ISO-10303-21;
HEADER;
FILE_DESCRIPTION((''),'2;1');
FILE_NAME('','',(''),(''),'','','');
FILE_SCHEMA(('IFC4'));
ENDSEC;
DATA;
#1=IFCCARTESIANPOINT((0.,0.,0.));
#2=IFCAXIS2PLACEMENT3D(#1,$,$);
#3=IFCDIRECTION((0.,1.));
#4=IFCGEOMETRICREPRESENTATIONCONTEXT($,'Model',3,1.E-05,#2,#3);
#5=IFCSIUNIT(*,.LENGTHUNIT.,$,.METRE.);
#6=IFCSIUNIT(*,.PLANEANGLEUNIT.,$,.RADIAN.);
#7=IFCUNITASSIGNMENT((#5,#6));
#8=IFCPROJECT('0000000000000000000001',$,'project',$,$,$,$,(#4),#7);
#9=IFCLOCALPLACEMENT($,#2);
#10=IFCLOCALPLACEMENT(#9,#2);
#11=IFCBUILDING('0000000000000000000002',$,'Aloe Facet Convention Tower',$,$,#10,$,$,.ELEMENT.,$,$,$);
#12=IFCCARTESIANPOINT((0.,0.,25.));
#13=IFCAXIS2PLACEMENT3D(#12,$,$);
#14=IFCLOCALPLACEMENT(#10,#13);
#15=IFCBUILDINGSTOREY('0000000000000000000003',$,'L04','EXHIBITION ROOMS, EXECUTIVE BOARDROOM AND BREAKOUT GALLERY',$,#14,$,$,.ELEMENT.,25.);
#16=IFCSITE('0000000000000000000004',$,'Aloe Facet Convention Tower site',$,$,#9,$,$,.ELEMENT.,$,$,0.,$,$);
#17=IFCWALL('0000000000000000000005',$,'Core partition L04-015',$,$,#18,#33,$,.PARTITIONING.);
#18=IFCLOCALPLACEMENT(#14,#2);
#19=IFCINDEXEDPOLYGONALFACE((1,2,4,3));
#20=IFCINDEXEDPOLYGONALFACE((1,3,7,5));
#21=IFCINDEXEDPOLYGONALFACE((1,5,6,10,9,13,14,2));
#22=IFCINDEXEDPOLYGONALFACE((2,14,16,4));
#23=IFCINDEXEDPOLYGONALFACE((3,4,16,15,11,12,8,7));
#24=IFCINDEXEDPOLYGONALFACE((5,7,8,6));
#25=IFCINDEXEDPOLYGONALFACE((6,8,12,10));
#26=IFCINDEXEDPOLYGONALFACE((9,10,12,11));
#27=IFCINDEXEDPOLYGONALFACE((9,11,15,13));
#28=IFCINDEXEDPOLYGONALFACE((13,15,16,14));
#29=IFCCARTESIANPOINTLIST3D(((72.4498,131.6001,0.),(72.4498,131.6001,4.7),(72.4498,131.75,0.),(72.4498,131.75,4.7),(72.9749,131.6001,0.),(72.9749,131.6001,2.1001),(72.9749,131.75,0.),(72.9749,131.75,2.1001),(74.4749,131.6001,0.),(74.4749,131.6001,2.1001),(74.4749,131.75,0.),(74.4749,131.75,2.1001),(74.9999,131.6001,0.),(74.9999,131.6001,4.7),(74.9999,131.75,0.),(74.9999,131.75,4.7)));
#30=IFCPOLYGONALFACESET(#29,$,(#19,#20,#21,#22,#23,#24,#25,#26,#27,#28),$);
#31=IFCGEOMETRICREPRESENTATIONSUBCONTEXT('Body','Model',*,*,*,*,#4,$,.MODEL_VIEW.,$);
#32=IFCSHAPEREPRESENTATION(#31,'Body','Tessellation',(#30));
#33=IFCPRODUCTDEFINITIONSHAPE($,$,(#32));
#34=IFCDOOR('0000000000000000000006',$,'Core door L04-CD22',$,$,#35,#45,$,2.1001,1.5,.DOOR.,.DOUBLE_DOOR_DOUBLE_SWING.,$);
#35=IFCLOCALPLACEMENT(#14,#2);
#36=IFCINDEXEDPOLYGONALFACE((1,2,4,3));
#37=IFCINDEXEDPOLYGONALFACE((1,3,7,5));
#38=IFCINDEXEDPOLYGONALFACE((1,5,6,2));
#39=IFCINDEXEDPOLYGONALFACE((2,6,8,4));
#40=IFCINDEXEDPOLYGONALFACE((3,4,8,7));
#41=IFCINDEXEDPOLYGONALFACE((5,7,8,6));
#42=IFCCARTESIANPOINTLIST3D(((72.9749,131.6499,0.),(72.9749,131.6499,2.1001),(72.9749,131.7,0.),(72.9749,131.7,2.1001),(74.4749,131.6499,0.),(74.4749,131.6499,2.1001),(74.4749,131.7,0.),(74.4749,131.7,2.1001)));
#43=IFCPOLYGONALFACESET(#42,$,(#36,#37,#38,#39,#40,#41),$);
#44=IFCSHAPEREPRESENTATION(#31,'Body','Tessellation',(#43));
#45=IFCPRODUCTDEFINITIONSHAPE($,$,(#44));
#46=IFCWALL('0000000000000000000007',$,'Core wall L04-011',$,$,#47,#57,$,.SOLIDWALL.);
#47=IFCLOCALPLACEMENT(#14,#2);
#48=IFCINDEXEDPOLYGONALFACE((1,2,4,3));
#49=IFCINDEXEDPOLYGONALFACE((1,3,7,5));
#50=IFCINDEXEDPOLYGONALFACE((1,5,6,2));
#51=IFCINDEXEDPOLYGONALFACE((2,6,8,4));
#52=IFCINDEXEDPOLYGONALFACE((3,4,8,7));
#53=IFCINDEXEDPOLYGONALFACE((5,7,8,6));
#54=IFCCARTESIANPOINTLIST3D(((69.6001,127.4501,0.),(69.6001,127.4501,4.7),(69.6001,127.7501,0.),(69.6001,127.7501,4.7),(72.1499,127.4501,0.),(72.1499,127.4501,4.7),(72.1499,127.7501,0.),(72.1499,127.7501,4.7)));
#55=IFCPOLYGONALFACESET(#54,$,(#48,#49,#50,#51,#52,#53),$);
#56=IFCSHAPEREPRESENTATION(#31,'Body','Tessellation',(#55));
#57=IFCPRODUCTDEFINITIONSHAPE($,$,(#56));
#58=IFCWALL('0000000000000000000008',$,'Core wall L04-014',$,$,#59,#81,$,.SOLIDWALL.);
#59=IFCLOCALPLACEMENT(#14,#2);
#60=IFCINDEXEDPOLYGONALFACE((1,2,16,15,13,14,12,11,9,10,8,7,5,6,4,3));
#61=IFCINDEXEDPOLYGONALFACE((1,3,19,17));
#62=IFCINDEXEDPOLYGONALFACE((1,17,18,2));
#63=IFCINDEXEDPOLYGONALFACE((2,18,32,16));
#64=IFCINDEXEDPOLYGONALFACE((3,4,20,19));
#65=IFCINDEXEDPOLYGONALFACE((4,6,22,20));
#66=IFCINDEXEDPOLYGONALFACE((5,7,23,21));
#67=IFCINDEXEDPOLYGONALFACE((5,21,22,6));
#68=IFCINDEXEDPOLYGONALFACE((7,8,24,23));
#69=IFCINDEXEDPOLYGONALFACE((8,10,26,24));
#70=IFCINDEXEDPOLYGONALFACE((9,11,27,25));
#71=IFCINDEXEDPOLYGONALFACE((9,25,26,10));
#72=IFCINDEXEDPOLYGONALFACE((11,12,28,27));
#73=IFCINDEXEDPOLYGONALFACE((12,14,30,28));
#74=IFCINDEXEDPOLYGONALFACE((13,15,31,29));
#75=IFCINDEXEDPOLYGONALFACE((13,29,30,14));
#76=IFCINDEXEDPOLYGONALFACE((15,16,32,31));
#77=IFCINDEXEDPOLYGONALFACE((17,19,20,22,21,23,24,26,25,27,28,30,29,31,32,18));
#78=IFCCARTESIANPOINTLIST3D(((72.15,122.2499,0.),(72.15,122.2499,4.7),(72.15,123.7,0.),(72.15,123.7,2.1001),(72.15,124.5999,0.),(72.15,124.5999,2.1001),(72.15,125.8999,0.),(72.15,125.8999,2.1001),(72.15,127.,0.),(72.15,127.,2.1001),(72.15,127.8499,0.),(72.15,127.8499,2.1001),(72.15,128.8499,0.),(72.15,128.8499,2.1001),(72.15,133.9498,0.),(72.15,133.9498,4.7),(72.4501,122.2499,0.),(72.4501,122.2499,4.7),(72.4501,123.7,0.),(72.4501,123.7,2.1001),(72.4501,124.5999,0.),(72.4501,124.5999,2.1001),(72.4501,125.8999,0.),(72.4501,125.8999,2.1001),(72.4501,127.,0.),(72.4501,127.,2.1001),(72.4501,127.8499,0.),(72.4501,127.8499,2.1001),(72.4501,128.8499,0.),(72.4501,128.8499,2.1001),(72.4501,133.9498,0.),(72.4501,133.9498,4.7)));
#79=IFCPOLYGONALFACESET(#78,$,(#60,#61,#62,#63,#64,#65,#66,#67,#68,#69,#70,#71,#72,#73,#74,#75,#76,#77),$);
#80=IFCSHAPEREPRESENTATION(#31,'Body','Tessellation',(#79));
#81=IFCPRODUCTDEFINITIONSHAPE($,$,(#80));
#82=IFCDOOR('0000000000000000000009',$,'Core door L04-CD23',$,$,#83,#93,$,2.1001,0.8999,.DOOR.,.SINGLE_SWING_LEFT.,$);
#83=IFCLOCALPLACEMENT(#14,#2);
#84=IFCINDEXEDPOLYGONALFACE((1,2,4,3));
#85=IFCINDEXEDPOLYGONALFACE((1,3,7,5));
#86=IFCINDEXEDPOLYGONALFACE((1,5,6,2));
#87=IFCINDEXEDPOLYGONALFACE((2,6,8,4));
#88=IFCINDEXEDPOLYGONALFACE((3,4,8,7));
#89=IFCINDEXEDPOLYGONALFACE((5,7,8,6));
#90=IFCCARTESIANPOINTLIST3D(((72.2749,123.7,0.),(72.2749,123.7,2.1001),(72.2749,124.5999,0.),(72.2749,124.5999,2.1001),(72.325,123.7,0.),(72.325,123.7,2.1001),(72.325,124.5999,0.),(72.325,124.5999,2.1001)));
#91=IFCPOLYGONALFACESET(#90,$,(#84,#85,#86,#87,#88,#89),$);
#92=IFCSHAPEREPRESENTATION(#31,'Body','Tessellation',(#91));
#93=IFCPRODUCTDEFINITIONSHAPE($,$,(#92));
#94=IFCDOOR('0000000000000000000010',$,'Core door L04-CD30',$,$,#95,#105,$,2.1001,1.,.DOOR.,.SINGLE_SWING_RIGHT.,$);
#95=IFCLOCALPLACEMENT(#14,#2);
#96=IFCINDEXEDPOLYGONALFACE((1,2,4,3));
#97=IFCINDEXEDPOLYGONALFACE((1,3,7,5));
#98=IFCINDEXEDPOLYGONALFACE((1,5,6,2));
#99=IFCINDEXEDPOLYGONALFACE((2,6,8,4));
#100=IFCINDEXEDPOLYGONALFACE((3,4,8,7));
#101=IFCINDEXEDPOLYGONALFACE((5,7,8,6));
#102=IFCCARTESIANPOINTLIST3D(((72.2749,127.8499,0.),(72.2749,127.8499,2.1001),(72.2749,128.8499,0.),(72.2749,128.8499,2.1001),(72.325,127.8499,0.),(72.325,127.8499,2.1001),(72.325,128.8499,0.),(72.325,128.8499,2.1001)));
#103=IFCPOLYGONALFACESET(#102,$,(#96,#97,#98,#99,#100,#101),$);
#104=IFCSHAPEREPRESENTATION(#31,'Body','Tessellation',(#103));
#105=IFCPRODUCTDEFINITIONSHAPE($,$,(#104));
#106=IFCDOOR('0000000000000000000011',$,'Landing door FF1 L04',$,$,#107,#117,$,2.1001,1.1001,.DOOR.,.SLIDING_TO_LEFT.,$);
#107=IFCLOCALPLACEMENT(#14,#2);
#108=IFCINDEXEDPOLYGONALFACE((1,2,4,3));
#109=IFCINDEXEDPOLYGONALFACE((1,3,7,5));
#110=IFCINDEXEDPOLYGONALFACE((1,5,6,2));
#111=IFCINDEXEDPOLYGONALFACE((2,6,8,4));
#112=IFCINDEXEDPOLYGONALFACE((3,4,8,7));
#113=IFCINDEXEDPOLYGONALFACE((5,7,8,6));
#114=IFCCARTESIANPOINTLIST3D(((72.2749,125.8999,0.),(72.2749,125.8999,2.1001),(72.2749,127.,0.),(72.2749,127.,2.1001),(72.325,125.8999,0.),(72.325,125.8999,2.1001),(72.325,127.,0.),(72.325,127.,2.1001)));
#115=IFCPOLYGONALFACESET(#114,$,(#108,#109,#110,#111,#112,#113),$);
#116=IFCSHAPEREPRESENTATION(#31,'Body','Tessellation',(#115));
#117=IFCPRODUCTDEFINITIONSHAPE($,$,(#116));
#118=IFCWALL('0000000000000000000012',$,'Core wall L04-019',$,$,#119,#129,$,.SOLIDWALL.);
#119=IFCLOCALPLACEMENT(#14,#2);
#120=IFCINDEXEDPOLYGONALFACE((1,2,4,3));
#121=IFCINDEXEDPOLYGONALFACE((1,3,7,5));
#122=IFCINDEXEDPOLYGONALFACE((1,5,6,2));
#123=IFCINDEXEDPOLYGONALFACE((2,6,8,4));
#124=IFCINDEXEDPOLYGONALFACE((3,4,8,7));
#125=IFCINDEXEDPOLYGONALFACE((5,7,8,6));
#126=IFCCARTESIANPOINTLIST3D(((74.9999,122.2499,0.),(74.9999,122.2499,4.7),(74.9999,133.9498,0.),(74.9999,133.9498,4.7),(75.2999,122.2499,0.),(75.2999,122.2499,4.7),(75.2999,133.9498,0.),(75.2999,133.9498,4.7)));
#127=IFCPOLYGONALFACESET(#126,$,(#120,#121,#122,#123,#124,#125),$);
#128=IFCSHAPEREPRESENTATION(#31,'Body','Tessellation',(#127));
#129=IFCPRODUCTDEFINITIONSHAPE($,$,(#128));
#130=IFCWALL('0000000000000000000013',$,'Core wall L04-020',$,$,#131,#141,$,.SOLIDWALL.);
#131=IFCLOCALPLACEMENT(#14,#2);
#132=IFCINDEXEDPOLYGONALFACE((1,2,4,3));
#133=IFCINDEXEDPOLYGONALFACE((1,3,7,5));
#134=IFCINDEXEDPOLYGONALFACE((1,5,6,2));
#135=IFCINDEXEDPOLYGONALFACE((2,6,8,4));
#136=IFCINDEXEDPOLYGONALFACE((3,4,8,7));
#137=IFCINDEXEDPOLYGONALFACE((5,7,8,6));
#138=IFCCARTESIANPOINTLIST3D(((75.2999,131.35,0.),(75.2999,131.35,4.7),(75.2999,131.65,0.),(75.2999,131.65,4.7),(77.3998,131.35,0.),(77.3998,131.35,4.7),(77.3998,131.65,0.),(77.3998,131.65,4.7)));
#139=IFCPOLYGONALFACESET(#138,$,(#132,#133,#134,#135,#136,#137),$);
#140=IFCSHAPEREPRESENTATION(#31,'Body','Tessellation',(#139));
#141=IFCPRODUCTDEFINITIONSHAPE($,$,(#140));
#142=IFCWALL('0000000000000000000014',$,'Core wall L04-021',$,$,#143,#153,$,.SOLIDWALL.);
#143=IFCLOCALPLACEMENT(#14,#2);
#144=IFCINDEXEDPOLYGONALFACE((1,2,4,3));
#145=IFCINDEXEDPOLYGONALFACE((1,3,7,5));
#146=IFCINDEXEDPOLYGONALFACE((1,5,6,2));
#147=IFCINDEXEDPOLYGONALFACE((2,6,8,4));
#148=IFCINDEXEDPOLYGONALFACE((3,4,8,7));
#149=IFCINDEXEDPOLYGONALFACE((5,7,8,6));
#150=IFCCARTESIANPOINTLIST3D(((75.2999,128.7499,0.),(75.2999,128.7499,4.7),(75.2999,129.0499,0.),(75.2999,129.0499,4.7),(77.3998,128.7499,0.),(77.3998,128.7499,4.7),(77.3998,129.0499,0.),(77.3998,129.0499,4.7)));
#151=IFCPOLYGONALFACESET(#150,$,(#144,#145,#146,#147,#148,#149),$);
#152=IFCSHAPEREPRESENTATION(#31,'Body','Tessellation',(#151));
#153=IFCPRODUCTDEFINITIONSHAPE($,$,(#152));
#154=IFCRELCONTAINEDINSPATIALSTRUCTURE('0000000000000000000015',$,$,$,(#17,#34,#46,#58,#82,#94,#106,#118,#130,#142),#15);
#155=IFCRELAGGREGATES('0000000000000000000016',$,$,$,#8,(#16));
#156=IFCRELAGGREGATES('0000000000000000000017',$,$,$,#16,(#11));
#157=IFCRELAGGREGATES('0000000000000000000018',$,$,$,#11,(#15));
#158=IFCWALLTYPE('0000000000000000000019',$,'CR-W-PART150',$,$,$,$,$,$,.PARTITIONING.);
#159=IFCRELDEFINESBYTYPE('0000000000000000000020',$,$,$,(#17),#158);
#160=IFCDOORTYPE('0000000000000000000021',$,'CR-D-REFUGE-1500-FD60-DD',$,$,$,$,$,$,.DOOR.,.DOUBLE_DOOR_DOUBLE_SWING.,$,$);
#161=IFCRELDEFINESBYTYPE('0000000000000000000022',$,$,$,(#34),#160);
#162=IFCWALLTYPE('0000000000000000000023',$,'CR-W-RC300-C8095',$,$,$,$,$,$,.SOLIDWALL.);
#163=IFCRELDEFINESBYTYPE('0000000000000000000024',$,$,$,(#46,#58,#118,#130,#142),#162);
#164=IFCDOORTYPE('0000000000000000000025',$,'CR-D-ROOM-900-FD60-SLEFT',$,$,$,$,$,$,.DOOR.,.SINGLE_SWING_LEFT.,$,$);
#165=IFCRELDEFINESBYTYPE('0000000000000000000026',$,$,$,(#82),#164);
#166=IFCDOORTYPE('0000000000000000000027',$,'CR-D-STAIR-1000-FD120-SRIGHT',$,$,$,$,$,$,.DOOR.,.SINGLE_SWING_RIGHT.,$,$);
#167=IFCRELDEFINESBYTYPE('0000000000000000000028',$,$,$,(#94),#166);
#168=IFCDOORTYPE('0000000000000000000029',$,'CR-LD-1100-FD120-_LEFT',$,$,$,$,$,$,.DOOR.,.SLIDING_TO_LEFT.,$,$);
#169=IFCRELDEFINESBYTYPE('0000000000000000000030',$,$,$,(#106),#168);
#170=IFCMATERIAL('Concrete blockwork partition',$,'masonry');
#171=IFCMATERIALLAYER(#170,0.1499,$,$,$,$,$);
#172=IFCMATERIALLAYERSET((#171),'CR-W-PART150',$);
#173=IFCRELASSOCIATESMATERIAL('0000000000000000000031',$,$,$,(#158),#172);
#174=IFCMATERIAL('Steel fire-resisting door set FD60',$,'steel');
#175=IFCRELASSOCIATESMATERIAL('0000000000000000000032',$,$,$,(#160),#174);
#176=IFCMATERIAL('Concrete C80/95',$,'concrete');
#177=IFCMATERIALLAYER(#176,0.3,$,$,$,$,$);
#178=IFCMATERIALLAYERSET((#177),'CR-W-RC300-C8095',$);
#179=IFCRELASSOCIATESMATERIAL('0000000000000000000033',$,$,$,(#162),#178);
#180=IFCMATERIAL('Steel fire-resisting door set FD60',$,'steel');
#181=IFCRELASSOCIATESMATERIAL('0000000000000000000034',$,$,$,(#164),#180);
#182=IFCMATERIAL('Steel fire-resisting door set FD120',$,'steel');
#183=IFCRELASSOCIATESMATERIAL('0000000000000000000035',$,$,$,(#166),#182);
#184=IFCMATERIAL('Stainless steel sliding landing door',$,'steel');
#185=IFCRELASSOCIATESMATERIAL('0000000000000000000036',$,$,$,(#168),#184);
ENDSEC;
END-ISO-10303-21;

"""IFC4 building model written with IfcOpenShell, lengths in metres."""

from ifc_helpers import new_model, si_unit, direction, frame, frame_2d, origin, place, context, subcontext, project, spatial, rectangle, extrude, material, layer, layer_set, type_object, element, fill, save


model = new_model("IFC4")

# Units and contexts
model_context = context("Model", 3, precision=1e-05, world=origin(), true_north=direction((0.0, 1.0)))
body_context = subcontext(model_context, "Body", "Model", "MODEL_VIEW")
ifc_project = project(units=[si_unit("LENGTHUNIT", "METRE"), si_unit("PLANEANGLEUNIT", "RADIAN")], contexts=[model_context])

# Site, building, storey
site_placement = place(None, origin())
site = spatial("IfcSite", under=ifc_project, at=site_placement, Name="Aloe Facet Convention Tower site", CompositionType="ELEMENT", RefElevation=0.0)
building_placement = place(site_placement, origin())
building = spatial("IfcBuilding", under=site, at=building_placement, Name="Aloe Facet Convention Tower", CompositionType="ELEMENT")
storey_placement = place(building_placement, frame((0.0, 0.0, 25.0)))
storey = spatial("IfcBuildingStorey", under=building, at=storey_placement, Name="L04", Description="EXHIBITION ROOMS, EXECUTIVE BOARDROOM AND BREAKOUT GALLERY", CompositionType="ELEMENT", Elevation=25.0)

# Wall, opening, door
ifc_material_1 = material(Name="Concrete blockwork partition", Category="masonry")
ifc_layer_1 = layer(ifc_material_1, 0.1499)
ifc_layer_set_1 = layer_set([ifc_layer_1], Name="CR-W-PART150")
wall_type_1 = type_object("IfcWallType", Name="CR-W-PART150", PredefinedType="PARTITIONING", material=ifc_layer_set_1)
wall_1_placement = place(storey_placement, frame((72.45, 131.675, 0.0), z_axis=(0.0, 0.0, 1.0), x_axis=(1.0, 0.0, 0.0)))
wall_1 = element("IfcWall", 1, at=wall_1_placement, inside=storey, type_object=wall_type_1, Name="Core partition L04-015", PredefinedType="PARTITIONING", context=body_context, shape_type="SweptSolid", body=[
    extrude(rectangle(XDim=2.55, YDim=0.1499, at=frame_2d((1.2749, 0.0))), origin(), (0.0, 0.0, 1.0), 4.7),
])
opening_1_placement = place(wall_1_placement, frame((0.5249, 0.0, 0.0)))
opening_1 = element("IfcOpeningElement", 2, at=opening_1_placement, cuts=wall_1, PredefinedType="OPENING", context=body_context, shape_type="SweptSolid", body=[
    extrude(rectangle(XDim=1.5, YDim=2.1001, at=frame_2d((0.75, 1.05))), frame((0.0, 0.085, 0.0), z_axis=(0.0, -1.0, 0.0), x_axis=(1.0, 0.0, 0.0)), (0.0, 0.0, 1.0), 0.1699),
])
ifc_material_2 = material(Name="Steel fire-resisting door set FD60", Category="steel")
door_type_1 = type_object("IfcDoorType", Name="CR-D-REFUGE-1500-FD60-DD", OperationType="DOUBLE_DOOR_DOUBLE_SWING", PredefinedType="DOOR", material=ifc_material_2)
door_1_placement = place(opening_1_placement, origin())
door_1 = element("IfcDoor", 3, at=door_1_placement, inside=storey, type_object=door_type_1, Name="Core door L04-CD22", OperationType="DOUBLE_DOOR_DOUBLE_SWING", OverallHeight=2.1001, OverallWidth=1.5, PredefinedType="DOOR", context=body_context, shape_type="SweptSolid", body=[
    extrude(rectangle(XDim=1.5, YDim=2.1001, at=frame_2d((0.75, 1.05))), frame((0.0, 0.0249, 0.0), z_axis=(0.0, -1.0, 0.0), x_axis=(1.0, 0.0, 0.0)), (0.0, 0.0, 1.0), 0.05),
])
fill(opening_1, door_1)

# Wall
ifc_material_3 = material(Name="Concrete C80/95", Category="concrete")
ifc_layer_2 = layer(ifc_material_3, 0.3)
ifc_layer_set_2 = layer_set([ifc_layer_2], Name="CR-W-RC300-C8095")
wall_type_2 = type_object("IfcWallType", Name="CR-W-RC300-C8095", PredefinedType="SOLIDWALL", material=ifc_layer_set_2)
wall_2_placement = place(storey_placement, frame((69.6001, 127.6001, 0.0), z_axis=(0.0, 0.0, 1.0), x_axis=(1.0, 0.0, 0.0)))
element("IfcWall", 4, at=wall_2_placement, inside=storey, type_object=wall_type_2, Name="Core wall L04-011", PredefinedType="SOLIDWALL", context=body_context, shape_type="SweptSolid", body=[
    extrude(rectangle(XDim=2.5498, YDim=0.3, at=frame_2d((1.2749, 0.0))), origin(), (0.0, 0.0, 1.0), 4.7),
])

# Wall, openings, doors
wall_3_placement = place(storey_placement, frame((72.3, 133.95, 0.0), z_axis=(0.0, 0.0, 1.0), x_axis=(0.0, -1.0, 0.0)))
wall_3 = element("IfcWall", 5, at=wall_3_placement, inside=storey, type_object=wall_type_2, Name="Core wall L04-014", PredefinedType="SOLIDWALL", context=body_context, shape_type="SweptSolid", body=[
    extrude(rectangle(XDim=11.7, YDim=0.3, at=frame_2d((5.8501, 0.0))), origin(), (0.0, 0.0, 1.0), 4.7),
])
opening_2_placement = place(wall_3_placement, frame((6.95, 0.0, 0.0)))
opening_2 = element("IfcOpeningElement", 6, at=opening_2_placement, cuts=wall_3, PredefinedType="OPENING", context=body_context, shape_type="SweptSolid", body=[
    extrude(rectangle(XDim=1.1001, YDim=2.1001, at=frame_2d((0.55, 1.05))), frame((0.0, 0.1602, 0.0), z_axis=(0.0, -1.0, 0.0), x_axis=(1.0, 0.0, 0.0)), (0.0, 0.0, 1.0), 0.3201),
])
opening_3_placement = place(wall_3_placement, frame((9.3501, 0.0, 0.0)))
opening_3 = element("IfcOpeningElement", 7, at=opening_3_placement, cuts=wall_3, PredefinedType="OPENING", context=body_context, shape_type="SweptSolid", body=[
    extrude(rectangle(XDim=0.8999, YDim=2.1001, at=frame_2d((0.45, 1.05))), frame((0.0, 0.1602, 0.0), z_axis=(0.0, -1.0, 0.0), x_axis=(1.0, 0.0, 0.0)), (0.0, 0.0, 1.0), 0.3201),
])
opening_4_placement = place(wall_3_placement, frame((5.1001, 0.0, 0.0)))
opening_4 = element("IfcOpeningElement", 8, at=opening_4_placement, cuts=wall_3, PredefinedType="OPENING", context=body_context, shape_type="SweptSolid", body=[
    extrude(rectangle(XDim=1.0, YDim=2.1001, at=frame_2d((0.5, 1.05))), frame((0.0, 0.1602, 0.0), z_axis=(0.0, -1.0, 0.0), x_axis=(1.0, 0.0, 0.0)), (0.0, 0.0, 1.0), 0.3201),
])
ifc_material_4 = material(Name="Steel fire-resisting door set FD60", Category="steel")
door_type_2 = type_object("IfcDoorType", Name="CR-D-ROOM-900-FD60-SLEFT", OperationType="SINGLE_SWING_LEFT", PredefinedType="DOOR", material=ifc_material_4)
door_2_placement = place(opening_3_placement, origin())
door_2 = element("IfcDoor", 9, at=door_2_placement, inside=storey, type_object=door_type_2, Name="Core door L04-CD23", OperationType="SINGLE_SWING_LEFT", OverallHeight=2.1001, OverallWidth=0.8999, PredefinedType="DOOR", context=body_context, shape_type="SweptSolid", body=[
    extrude(rectangle(XDim=0.8999, YDim=2.1001, at=frame_2d((0.45, 1.05))), frame((0.0, 0.0249, 0.0), z_axis=(0.0, -1.0, 0.0), x_axis=(1.0, 0.0, 0.0)), (0.0, 0.0, 1.0), 0.05),
])
fill(opening_3, door_2)
ifc_material_5 = material(Name="Steel fire-resisting door set FD120", Category="steel")
door_type_3 = type_object("IfcDoorType", Name="CR-D-STAIR-1000-FD120-SRIGHT", OperationType="SINGLE_SWING_RIGHT", PredefinedType="DOOR", material=ifc_material_5)
door_3_placement = place(opening_4_placement, origin())
door_3 = element("IfcDoor", 10, at=door_3_placement, inside=storey, type_object=door_type_3, Name="Core door L04-CD30", OperationType="SINGLE_SWING_RIGHT", OverallHeight=2.1001, OverallWidth=1.0, PredefinedType="DOOR", context=body_context, shape_type="SweptSolid", body=[
    extrude(rectangle(XDim=1.0, YDim=2.1001, at=frame_2d((0.5, 1.05))), frame((0.0, 0.0249, 0.0), z_axis=(0.0, -1.0, 0.0), x_axis=(1.0, 0.0, 0.0)), (0.0, 0.0, 1.0), 0.05),
])
fill(opening_4, door_3)
ifc_material_6 = material(Name="Stainless steel sliding landing door", Category="steel")
door_type_4 = type_object("IfcDoorType", Name="CR-LD-1100-FD120-_LEFT", OperationType="SLIDING_TO_LEFT", PredefinedType="DOOR", material=ifc_material_6)
door_4_placement = place(opening_2_placement, origin())
door_4 = element("IfcDoor", 11, at=door_4_placement, inside=storey, type_object=door_type_4, Name="Landing door FF1 L04", OperationType="SLIDING_TO_LEFT", OverallHeight=2.1001, OverallWidth=1.1001, PredefinedType="DOOR", context=body_context, shape_type="SweptSolid", body=[
    extrude(rectangle(XDim=1.1001, YDim=2.1001, at=frame_2d((0.55, 1.05))), frame((0.0, 0.0249, 0.0), z_axis=(0.0, -1.0, 0.0), x_axis=(1.0, 0.0, 0.0)), (0.0, 0.0, 1.0), 0.05),
])
fill(opening_2, door_4)

# Walls
wall_4_placement = place(storey_placement, frame((75.1499, 133.95, 0.0), z_axis=(0.0, 0.0, 1.0), x_axis=(0.0, -1.0, 0.0)))
element("IfcWall", 12, at=wall_4_placement, inside=storey, type_object=wall_type_2, Name="Core wall L04-019", PredefinedType="SOLIDWALL", context=body_context, shape_type="SweptSolid", body=[
    extrude(rectangle(XDim=11.7, YDim=0.3, at=frame_2d((5.8501, 0.0))), origin(), (0.0, 0.0, 1.0), 4.7),
])
for number, where, z_axis, x_axis, name in (
    (13, (75.3, 131.5, 0.0), (0.0, 0.0, 1.0), (1.0, 0.0, 0.0), "Core wall L04-020"),
    (14, (75.3, 128.8999, 0.0), (0.0, 0.0, 1.0), (1.0, 0.0, 0.0), "Core wall L04-021"),
):
    element("IfcWall", number, at=place(storey_placement, frame(where, z_axis=z_axis, x_axis=x_axis)), inside=storey, type_object=wall_type_2, Name=name, PredefinedType="SOLIDWALL", context=body_context, shape_type="SweptSolid", body=[
        extrude(rectangle(XDim=2.0999, YDim=0.3, at=frame_2d((1.0498, 0.0))), origin(), (0.0, 0.0, 1.0), 4.7),
    ])

save(model, "model.ifc")
